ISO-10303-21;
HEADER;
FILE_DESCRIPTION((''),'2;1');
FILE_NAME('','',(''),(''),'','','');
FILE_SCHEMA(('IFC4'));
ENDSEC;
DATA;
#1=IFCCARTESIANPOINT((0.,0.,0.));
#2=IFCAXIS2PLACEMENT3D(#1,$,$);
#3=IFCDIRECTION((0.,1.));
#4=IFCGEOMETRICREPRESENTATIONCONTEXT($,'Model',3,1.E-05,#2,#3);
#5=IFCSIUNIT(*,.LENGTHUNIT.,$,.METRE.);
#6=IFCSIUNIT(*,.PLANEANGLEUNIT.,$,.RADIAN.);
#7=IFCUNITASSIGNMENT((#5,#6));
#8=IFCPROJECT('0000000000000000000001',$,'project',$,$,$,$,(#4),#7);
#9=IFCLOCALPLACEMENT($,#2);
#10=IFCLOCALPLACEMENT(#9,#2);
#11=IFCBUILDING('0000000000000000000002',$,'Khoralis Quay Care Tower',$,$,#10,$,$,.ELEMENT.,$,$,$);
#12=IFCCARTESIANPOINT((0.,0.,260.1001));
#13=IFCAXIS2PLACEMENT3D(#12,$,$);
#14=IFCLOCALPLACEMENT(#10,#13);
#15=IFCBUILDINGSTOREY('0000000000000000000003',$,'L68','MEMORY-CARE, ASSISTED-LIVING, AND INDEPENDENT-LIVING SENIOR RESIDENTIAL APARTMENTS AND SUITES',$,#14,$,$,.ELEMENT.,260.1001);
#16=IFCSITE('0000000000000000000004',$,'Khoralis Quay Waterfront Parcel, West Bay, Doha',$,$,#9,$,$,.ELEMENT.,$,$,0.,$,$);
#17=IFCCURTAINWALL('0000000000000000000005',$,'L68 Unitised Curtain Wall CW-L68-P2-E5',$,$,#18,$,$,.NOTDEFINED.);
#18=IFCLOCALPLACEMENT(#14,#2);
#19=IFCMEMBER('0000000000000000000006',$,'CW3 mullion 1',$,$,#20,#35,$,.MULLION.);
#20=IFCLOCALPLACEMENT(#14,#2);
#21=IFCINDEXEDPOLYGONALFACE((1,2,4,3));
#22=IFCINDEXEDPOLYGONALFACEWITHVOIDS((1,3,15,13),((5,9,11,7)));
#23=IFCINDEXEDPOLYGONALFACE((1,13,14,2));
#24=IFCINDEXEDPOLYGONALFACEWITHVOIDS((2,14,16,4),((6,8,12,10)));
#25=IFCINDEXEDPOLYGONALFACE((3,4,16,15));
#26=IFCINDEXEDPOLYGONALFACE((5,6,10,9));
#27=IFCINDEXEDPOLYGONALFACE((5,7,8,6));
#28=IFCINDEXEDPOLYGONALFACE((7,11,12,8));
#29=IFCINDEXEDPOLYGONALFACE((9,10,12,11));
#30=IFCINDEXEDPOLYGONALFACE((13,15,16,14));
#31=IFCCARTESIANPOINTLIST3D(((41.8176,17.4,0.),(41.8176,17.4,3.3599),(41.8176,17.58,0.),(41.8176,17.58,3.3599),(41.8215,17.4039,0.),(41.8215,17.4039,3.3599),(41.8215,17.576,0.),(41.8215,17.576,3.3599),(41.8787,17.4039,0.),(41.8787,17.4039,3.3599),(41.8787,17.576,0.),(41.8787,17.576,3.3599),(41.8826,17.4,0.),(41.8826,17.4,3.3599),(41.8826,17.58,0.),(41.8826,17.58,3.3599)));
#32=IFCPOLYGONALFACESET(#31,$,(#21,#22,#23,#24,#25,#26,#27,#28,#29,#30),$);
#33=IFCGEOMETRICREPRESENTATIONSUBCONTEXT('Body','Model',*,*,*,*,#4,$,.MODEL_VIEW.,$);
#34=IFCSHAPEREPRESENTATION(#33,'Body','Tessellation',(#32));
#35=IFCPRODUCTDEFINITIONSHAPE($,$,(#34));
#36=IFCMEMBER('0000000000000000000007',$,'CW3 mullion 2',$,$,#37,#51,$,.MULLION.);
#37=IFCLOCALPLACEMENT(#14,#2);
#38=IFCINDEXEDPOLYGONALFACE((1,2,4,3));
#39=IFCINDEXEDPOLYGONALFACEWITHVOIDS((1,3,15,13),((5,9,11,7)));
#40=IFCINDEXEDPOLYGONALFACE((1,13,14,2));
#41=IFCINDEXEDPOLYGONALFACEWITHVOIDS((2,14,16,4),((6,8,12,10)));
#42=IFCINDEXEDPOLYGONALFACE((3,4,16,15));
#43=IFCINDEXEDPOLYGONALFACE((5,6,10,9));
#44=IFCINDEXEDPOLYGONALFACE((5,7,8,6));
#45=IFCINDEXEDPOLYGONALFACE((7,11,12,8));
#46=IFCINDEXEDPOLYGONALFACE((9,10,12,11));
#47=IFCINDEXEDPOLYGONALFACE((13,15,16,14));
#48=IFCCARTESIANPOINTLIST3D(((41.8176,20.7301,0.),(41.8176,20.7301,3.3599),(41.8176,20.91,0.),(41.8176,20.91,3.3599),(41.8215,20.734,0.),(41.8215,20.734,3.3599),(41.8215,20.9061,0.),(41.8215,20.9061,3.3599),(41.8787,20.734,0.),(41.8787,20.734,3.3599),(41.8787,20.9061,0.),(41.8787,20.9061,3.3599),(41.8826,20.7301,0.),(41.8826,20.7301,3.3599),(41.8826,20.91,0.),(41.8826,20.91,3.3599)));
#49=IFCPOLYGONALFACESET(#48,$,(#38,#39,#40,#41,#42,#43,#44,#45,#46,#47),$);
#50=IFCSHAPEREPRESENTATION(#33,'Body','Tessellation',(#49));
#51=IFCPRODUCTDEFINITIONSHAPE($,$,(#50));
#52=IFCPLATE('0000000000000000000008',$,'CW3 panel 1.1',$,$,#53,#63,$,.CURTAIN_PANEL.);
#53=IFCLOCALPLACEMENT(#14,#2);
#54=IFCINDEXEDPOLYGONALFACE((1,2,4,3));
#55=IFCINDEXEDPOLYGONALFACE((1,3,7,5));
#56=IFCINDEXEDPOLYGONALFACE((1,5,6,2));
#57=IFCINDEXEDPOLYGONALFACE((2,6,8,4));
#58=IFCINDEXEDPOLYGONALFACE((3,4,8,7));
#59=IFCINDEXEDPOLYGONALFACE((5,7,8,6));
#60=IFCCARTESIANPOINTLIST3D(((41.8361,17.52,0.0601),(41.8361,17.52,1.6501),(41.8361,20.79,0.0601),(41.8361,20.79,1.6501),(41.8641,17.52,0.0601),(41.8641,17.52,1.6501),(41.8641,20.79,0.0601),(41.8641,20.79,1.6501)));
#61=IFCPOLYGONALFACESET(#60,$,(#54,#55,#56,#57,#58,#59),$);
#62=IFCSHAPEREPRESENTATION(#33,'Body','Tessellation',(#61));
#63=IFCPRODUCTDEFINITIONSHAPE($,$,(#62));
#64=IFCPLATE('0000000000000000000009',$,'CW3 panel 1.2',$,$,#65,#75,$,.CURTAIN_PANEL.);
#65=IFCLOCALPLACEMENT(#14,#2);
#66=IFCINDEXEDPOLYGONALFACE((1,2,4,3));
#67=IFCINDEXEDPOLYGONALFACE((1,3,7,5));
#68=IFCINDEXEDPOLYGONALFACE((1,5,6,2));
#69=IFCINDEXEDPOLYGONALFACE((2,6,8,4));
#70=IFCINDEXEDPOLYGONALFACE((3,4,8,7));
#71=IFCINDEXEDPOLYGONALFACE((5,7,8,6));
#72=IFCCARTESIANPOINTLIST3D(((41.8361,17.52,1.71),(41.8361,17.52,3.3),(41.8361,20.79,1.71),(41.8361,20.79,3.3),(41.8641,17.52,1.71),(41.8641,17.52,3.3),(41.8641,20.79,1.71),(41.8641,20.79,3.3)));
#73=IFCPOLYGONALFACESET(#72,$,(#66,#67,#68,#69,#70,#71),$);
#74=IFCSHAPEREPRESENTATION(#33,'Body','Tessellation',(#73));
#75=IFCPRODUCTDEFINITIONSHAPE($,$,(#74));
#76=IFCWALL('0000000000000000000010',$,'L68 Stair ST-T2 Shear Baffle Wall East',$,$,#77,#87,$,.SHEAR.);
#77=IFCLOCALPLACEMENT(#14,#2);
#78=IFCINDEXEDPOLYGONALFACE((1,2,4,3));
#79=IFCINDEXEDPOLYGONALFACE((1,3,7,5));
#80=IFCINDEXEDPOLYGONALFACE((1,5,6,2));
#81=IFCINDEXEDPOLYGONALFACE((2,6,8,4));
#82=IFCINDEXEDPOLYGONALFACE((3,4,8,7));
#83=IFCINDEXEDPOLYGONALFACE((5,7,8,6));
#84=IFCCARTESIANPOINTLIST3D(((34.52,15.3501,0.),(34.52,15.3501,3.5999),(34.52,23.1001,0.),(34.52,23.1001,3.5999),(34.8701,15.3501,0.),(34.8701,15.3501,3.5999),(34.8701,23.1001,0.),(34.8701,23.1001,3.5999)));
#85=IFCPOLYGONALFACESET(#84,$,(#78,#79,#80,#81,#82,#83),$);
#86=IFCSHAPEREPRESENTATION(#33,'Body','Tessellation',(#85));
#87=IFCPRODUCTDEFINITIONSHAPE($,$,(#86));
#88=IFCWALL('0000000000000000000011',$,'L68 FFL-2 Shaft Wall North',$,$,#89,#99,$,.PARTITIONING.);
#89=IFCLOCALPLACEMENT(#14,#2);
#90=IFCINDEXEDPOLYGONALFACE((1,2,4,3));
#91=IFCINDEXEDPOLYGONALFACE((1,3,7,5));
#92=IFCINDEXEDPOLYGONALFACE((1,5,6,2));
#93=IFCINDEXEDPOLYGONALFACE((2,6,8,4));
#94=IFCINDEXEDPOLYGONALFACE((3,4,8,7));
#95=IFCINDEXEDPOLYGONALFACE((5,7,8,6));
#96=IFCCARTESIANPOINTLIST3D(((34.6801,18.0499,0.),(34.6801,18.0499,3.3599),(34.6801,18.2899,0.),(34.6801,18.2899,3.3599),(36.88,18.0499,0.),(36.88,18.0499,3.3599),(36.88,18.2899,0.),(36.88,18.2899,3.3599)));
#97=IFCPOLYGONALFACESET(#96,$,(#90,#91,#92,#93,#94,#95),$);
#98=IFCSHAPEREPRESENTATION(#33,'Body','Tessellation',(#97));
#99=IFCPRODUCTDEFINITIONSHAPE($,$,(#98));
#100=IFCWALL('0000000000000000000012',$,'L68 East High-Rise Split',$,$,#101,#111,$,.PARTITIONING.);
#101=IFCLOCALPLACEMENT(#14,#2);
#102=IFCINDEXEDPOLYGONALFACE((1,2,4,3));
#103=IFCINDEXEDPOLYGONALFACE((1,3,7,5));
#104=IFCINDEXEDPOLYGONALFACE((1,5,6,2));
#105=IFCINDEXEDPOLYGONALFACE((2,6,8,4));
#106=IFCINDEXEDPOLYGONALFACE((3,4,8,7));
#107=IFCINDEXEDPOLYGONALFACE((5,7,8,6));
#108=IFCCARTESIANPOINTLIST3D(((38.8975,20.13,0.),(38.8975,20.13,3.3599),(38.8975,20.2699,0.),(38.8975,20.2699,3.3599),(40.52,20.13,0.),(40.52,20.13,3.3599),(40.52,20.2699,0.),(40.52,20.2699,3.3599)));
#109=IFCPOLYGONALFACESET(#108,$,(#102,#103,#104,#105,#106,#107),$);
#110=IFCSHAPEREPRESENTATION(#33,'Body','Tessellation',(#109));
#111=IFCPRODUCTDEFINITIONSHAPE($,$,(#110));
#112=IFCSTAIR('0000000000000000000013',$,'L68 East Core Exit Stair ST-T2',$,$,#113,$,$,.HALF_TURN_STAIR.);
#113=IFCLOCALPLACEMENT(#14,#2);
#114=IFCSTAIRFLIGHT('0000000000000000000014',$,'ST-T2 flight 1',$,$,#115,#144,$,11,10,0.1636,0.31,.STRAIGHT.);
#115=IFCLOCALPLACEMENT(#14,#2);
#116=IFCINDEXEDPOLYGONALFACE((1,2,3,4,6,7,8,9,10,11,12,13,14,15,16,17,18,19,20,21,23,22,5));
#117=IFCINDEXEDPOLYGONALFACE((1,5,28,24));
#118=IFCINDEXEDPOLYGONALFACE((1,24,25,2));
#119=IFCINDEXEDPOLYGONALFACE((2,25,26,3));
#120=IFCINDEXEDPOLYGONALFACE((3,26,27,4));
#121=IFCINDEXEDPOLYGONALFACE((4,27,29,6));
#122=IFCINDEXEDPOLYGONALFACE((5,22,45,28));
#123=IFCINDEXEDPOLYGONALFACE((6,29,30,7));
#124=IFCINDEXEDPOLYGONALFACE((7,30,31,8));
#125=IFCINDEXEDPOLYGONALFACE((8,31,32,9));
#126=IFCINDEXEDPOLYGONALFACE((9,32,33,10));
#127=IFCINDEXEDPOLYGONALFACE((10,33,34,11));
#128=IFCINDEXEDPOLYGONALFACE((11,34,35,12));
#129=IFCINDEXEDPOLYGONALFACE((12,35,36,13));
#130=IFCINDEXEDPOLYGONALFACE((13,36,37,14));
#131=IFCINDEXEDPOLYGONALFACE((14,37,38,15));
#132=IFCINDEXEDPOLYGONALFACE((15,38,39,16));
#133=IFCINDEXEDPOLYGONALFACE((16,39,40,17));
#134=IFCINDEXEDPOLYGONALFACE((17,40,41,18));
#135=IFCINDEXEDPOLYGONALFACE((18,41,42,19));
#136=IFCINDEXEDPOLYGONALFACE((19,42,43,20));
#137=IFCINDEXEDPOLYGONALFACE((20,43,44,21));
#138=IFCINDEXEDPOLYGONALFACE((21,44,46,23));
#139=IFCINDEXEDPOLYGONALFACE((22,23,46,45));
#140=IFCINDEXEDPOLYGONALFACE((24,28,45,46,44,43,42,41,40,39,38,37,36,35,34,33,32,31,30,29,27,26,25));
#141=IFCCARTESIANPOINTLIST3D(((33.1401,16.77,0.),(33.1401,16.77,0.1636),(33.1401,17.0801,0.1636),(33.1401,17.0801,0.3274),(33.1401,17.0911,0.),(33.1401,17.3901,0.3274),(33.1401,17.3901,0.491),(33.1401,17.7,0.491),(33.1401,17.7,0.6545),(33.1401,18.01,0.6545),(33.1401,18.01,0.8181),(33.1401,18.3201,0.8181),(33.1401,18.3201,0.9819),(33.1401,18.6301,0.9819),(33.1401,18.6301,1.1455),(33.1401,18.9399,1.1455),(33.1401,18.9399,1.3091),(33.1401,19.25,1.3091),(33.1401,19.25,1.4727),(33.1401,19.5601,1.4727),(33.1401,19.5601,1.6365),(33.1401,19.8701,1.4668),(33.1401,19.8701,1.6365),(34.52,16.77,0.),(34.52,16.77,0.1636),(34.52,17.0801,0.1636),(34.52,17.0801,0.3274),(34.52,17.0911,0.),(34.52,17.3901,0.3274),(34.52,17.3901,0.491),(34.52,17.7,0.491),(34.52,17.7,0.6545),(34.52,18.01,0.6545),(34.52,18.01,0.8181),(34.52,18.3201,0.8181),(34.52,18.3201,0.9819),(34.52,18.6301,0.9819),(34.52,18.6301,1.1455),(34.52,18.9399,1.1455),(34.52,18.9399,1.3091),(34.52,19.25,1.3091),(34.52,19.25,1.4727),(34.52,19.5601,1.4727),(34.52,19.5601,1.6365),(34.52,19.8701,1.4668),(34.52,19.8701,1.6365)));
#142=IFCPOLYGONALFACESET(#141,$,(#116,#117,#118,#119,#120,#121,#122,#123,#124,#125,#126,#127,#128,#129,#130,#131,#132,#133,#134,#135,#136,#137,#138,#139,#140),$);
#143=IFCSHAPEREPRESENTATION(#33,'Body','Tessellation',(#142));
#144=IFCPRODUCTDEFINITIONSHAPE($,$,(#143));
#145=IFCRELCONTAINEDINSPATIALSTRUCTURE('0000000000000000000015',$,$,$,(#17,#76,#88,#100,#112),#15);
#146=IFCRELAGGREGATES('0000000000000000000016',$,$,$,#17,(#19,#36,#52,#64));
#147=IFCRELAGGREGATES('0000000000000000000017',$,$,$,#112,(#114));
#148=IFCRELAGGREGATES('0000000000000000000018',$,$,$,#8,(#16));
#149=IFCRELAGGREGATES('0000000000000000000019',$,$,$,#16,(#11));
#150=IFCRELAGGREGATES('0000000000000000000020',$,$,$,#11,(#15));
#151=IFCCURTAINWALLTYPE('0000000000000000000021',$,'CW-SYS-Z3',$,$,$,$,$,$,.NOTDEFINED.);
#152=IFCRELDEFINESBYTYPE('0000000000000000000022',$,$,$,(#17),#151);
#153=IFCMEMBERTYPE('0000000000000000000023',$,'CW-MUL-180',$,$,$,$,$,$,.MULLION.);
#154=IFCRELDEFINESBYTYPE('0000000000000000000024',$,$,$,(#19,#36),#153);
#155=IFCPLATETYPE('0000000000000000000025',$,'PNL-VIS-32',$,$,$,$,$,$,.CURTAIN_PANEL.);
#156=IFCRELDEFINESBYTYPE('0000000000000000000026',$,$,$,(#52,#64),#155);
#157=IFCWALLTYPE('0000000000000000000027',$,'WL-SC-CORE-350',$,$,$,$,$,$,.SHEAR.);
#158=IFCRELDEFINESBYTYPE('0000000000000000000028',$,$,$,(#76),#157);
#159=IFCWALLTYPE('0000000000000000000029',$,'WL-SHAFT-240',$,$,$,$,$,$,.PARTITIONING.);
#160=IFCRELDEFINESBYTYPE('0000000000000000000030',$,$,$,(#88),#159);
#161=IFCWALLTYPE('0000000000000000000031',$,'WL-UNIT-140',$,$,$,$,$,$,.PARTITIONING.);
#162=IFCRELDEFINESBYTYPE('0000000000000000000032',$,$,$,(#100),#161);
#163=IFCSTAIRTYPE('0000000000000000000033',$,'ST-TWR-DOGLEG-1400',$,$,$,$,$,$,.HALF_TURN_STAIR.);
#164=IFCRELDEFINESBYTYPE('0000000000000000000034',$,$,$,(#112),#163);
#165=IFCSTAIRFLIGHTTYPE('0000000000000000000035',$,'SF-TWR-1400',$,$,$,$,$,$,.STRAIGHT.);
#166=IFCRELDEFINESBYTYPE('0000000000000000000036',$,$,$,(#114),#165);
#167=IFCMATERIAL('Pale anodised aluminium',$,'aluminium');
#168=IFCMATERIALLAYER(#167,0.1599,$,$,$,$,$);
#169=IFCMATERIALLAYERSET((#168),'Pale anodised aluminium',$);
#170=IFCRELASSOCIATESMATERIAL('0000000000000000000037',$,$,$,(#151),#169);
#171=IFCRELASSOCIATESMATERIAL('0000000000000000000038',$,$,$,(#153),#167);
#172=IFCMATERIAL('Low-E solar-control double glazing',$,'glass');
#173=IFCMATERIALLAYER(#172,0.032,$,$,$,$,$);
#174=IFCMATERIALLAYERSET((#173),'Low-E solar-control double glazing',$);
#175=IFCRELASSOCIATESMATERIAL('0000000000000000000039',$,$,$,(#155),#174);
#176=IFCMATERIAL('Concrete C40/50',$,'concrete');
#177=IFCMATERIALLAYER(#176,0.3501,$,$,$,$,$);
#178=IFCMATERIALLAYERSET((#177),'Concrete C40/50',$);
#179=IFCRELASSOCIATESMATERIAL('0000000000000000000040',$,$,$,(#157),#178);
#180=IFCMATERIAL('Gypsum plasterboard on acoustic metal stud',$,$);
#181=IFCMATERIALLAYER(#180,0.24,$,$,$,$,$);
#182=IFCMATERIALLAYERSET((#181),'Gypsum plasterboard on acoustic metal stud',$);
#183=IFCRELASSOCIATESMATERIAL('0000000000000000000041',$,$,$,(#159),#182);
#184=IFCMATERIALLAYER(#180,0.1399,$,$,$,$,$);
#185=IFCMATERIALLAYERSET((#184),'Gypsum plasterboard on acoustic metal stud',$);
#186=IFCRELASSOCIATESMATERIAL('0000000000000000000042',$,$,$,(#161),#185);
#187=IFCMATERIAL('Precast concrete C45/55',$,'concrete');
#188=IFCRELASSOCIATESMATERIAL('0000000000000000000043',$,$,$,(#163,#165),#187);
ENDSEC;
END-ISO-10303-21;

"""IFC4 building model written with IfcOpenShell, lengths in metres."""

from ifc_helpers import new_model, si_unit, direction, frame, frame_2d, origin, origin_2d, place, context, subcontext, project, spatial, polyline, rectangle, hollow_rectangle, outline, extrude, source, transform, mapped, material, layer, layer_set, material_profile, profile_set, type_object, element, aggregate, save


model = new_model("IFC4")

# Units and contexts
model_context = context("Model", 3, precision=1e-05, world=origin(), true_north=direction((0.0, 1.0)))
body_context = subcontext(model_context, "Body", "Model", "MODEL_VIEW")
ifc_project = project(units=[si_unit("LENGTHUNIT", "METRE"), si_unit("PLANEANGLEUNIT", "RADIAN")], contexts=[model_context])

# Site, building, storey
site_placement = place(None, origin())
site = spatial("IfcSite", under=ifc_project, at=site_placement, Name="Khoralis Quay Waterfront Parcel, West Bay, Doha", CompositionType="ELEMENT", RefElevation=0.0)
building_placement = place(site_placement, origin())
building = spatial("IfcBuilding", under=site, at=building_placement, Name="Khoralis Quay Care Tower", CompositionType="ELEMENT")
storey_placement = place(building_placement, frame((0.0, 0.0, 260.1001)))
storey = spatial("IfcBuildingStorey", under=building, at=storey_placement, Name="L68", Description="MEMORY-CARE, ASSISTED-LIVING, AND INDEPENDENT-LIVING SENIOR RESIDENTIAL APARTMENTS AND SUITES", CompositionType="ELEMENT", Elevation=260.1001)

# Curtain wall, members, plates
ifc_material_1 = material(Name="Pale anodised aluminium", Category="aluminium")
ifc_layer_1 = layer(ifc_material_1, 0.1599)
ifc_layer_set_1 = layer_set([ifc_layer_1], Name="Pale anodised aluminium")
curtain_wall_type = type_object("IfcCurtainWallType", Name="CW-SYS-Z3", PredefinedType="NOTDEFINED", material=ifc_layer_set_1)
curtain_wall_placement = place(storey_placement, origin())
curtain_wall = element("IfcCurtainWall", 1, at=curtain_wall_placement, inside=storey, type_object=curtain_wall_type, Name="L68 Unitised Curtain Wall CW-L68-P2-E5", PredefinedType="NOTDEFINED")
ifc_material_profile_1 = material_profile(ifc_material_1, hollow_rectangle(XDim=0.0649, YDim=0.1799, WallThickness=0.0039, at=origin_2d()), Name="Pale anodised aluminium")
ifc_profile_set_1 = profile_set([ifc_material_profile_1], Name="Pale anodised aluminium")
member_type_1 = type_object("IfcMemberType", Name="CW-MUL-180", PredefinedType="MULLION", material=ifc_profile_set_1)
shared_shape_1 = source(origin(), body_context, "Body", "SweptSolid", [
    extrude(hollow_rectangle(XDim=0.0649, YDim=0.1799, WallThickness=0.0039, at=origin_2d()), origin(), (0.0, 0.0, 1.0), 3.3599),
])
member_1_placement = place(storey_placement, frame((41.8501, 17.49, 0.0), z_axis=(0.0, 0.0, 1.0), x_axis=(-1.0, 0.0, 0.0)))
member_1 = element("IfcMember", 2, at=member_1_placement, type_object=member_type_1, Name="CW3 mullion 1", PredefinedType="MULLION", context=body_context, shape_type="MappedRepresentation", body=[
    mapped(shared_shape_1, transform((0.0, 0.0, 0.0), scale=1.0)),
])
member_2_placement = place(storey_placement, frame((41.8501, 20.8201, 0.0), z_axis=(0.0, 0.0, 1.0), x_axis=(-1.0, 0.0, 0.0)))
member_2 = element("IfcMember", 3, at=member_2_placement, type_object=member_type_1, Name="CW3 mullion 2", PredefinedType="MULLION", context=body_context, shape_type="MappedRepresentation", body=[
    mapped(shared_shape_1, transform((0.0, 0.0, 0.0), scale=1.0)),
])
ifc_material_2 = material(Name="Low-E solar-control double glazing", Category="glass")
ifc_layer_2 = layer(ifc_material_2, 0.032)
ifc_layer_set_2 = layer_set([ifc_layer_2], Name="Low-E solar-control double glazing")
plate_type = type_object("IfcPlateType", Name="PNL-VIS-32", PredefinedType="CURTAIN_PANEL", material=ifc_layer_set_2)
shared_shape_2 = source(origin(), body_context, "Body", "SweptSolid", [
    extrude(rectangle(XDim=3.27, YDim=0.0281, at=origin_2d()), origin(), (0.0, 0.0, 1.0), 1.5901),
])
plate_1_placement = place(storey_placement, frame((41.8501, 19.155, 0.0601), z_axis=(0.0, 0.0, 1.0), x_axis=(0.0, 1.0, 0.0)))
plate_1 = element("IfcPlate", 4, at=plate_1_placement, type_object=plate_type, Name="CW3 panel 1.1", PredefinedType="CURTAIN_PANEL", context=body_context, shape_type="MappedRepresentation", body=[
    mapped(shared_shape_2, transform((0.0, 0.0, 0.0), scale=1.0)),
])
plate_2_placement = place(storey_placement, frame((41.8501, 19.155, 1.71), z_axis=(0.0, 0.0, 1.0), x_axis=(0.0, 1.0, 0.0)))
plate_2 = element("IfcPlate", 5, at=plate_2_placement, type_object=plate_type, Name="CW3 panel 1.2", PredefinedType="CURTAIN_PANEL", context=body_context, shape_type="MappedRepresentation", body=[
    mapped(shared_shape_2, transform((0.0, 0.0, 0.0), scale=1.0)),
])
aggregate(curtain_wall, [member_1, member_2, plate_1, plate_2])

# Walls
ifc_material_3 = material(Name="Concrete C40/50", Category="concrete")
ifc_layer_3 = layer(ifc_material_3, 0.3501)
ifc_layer_set_3 = layer_set([ifc_layer_3], Name="Concrete C40/50")
wall_type_1 = type_object("IfcWallType", Name="WL-SC-CORE-350", PredefinedType="SHEAR", material=ifc_layer_set_3)
wall_1_placement = place(storey_placement, frame((34.6951, 15.3501, 0.0), z_axis=(0.0, 0.0, 1.0), x_axis=(0.0, 1.0, 0.0)))
element("IfcWall", 6, at=wall_1_placement, inside=storey, type_object=wall_type_1, Name="L68 Stair ST-T2 Shear Baffle Wall East", PredefinedType="SHEAR", context=body_context, shape_type="SweptSolid", body=[
    extrude(rectangle(XDim=7.75, YDim=0.3501, at=frame_2d((3.875, 0.0))), origin(), (0.0, 0.0, 1.0), 3.5999),
])
ifc_material_4 = material(Name="Gypsum plasterboard on acoustic metal stud")
ifc_layer_4 = layer(ifc_material_4, 0.24)
ifc_layer_set_4 = layer_set([ifc_layer_4], Name="Gypsum plasterboard on acoustic metal stud")
wall_type_2 = type_object("IfcWallType", Name="WL-SHAFT-240", PredefinedType="PARTITIONING", material=ifc_layer_set_4)
wall_2_placement = place(storey_placement, frame((34.6799, 18.1699, 0.0), z_axis=(0.0, 0.0, 1.0), x_axis=(1.0, 0.0, 0.0)))
element("IfcWall", 7, at=wall_2_placement, inside=storey, type_object=wall_type_2, Name="L68 FFL-2 Shaft Wall North", PredefinedType="PARTITIONING", context=body_context, shape_type="SweptSolid", body=[
    extrude(rectangle(XDim=2.2, YDim=0.24, at=frame_2d((1.1001, 0.0))), origin(), (0.0, 0.0, 1.0), 3.3599),
])
ifc_layer_5 = layer(ifc_material_4, 0.1399)
ifc_layer_set_5 = layer_set([ifc_layer_5], Name="Gypsum plasterboard on acoustic metal stud")
wall_type_3 = type_object("IfcWallType", Name="WL-UNIT-140", PredefinedType="PARTITIONING", material=ifc_layer_set_5)
wall_3_placement = place(storey_placement, frame((38.8975, 20.2, 0.0), z_axis=(0.0, 0.0, 1.0), x_axis=(1.0, 0.0, 0.0)))
element("IfcWall", 8, at=wall_3_placement, inside=storey, type_object=wall_type_3, Name="L68 East High-Rise Split", PredefinedType="PARTITIONING", context=body_context, shape_type="SweptSolid", body=[
    extrude(rectangle(XDim=1.6226, YDim=0.1399, at=frame_2d((0.8113, 0.0))), origin(), (0.0, 0.0, 1.0), 3.3599),
])

# Stair, stair flight
ifc_material_5 = material(Name="Precast concrete C45/55", Category="concrete")
stair_type = type_object("IfcStairType", Name="ST-TWR-DOGLEG-1400", PredefinedType="HALF_TURN_STAIR", material=ifc_material_5)
stair_placement = place(storey_placement, origin())
stair = element("IfcStair", 9, at=stair_placement, inside=storey, type_object=stair_type, Name="L68 East Core Exit Stair ST-T2", PredefinedType="HALF_TURN_STAIR")
stair_flight_type = type_object("IfcStairFlightType", Name="SF-TWR-1400", PredefinedType="STRAIGHT", material=ifc_material_5)
shared_shape_3 = source(origin(), body_context, "Body", "SweptSolid", [
    extrude(outline(polyline([(0.0, 0.0), (0.0, 0.1636), (0.3101, 0.1636), (0.3101, 0.3274), (0.6201, 0.3274), (0.6201, 0.491), (0.9299, 0.491), (0.9299, 0.6545), (1.24, 0.6545), (1.24, 0.8181), (1.55, 0.8181), (1.55, 0.9819), (1.8601, 0.9819), (1.8601, 1.1455), (2.1699, 1.1455), (2.1699, 1.3091), (2.48, 1.3091), (2.48, 1.4727), (2.79, 1.4727), (2.79, 1.6365), (3.1001, 1.6365), (3.1001, 1.8), (3.1001, 1.4668), (0.321, 0.0), (0.0, 0.0)])), frame((0.0, 0.6899, 0.0), z_axis=(0.0, -1.0, 0.0), x_axis=(1.0, 0.0, 0.0)), (0.0, 0.0, 1.0), 1.3799),
])
stair_flight_placement = place(storey_placement, frame((33.8301, 16.77, 0.0), z_axis=(0.0, 0.0, 1.0), x_axis=(0.0, 1.0, 0.0)))
stair_flight = element("IfcStairFlight", 10, at=stair_flight_placement, type_object=stair_flight_type, Name="ST-T2 flight 1", NumberOfRisers=11, NumberOfTreads=10, PredefinedType="STRAIGHT", RiserHeight=0.1636, TreadLength=0.31, context=body_context, shape_type="MappedRepresentation", body=[
    mapped(shared_shape_3, transform((0.0, 0.0, 0.0), scale=1.0)),
])
aggregate(stair, [stair_flight])

save(model, "model.ifc")
